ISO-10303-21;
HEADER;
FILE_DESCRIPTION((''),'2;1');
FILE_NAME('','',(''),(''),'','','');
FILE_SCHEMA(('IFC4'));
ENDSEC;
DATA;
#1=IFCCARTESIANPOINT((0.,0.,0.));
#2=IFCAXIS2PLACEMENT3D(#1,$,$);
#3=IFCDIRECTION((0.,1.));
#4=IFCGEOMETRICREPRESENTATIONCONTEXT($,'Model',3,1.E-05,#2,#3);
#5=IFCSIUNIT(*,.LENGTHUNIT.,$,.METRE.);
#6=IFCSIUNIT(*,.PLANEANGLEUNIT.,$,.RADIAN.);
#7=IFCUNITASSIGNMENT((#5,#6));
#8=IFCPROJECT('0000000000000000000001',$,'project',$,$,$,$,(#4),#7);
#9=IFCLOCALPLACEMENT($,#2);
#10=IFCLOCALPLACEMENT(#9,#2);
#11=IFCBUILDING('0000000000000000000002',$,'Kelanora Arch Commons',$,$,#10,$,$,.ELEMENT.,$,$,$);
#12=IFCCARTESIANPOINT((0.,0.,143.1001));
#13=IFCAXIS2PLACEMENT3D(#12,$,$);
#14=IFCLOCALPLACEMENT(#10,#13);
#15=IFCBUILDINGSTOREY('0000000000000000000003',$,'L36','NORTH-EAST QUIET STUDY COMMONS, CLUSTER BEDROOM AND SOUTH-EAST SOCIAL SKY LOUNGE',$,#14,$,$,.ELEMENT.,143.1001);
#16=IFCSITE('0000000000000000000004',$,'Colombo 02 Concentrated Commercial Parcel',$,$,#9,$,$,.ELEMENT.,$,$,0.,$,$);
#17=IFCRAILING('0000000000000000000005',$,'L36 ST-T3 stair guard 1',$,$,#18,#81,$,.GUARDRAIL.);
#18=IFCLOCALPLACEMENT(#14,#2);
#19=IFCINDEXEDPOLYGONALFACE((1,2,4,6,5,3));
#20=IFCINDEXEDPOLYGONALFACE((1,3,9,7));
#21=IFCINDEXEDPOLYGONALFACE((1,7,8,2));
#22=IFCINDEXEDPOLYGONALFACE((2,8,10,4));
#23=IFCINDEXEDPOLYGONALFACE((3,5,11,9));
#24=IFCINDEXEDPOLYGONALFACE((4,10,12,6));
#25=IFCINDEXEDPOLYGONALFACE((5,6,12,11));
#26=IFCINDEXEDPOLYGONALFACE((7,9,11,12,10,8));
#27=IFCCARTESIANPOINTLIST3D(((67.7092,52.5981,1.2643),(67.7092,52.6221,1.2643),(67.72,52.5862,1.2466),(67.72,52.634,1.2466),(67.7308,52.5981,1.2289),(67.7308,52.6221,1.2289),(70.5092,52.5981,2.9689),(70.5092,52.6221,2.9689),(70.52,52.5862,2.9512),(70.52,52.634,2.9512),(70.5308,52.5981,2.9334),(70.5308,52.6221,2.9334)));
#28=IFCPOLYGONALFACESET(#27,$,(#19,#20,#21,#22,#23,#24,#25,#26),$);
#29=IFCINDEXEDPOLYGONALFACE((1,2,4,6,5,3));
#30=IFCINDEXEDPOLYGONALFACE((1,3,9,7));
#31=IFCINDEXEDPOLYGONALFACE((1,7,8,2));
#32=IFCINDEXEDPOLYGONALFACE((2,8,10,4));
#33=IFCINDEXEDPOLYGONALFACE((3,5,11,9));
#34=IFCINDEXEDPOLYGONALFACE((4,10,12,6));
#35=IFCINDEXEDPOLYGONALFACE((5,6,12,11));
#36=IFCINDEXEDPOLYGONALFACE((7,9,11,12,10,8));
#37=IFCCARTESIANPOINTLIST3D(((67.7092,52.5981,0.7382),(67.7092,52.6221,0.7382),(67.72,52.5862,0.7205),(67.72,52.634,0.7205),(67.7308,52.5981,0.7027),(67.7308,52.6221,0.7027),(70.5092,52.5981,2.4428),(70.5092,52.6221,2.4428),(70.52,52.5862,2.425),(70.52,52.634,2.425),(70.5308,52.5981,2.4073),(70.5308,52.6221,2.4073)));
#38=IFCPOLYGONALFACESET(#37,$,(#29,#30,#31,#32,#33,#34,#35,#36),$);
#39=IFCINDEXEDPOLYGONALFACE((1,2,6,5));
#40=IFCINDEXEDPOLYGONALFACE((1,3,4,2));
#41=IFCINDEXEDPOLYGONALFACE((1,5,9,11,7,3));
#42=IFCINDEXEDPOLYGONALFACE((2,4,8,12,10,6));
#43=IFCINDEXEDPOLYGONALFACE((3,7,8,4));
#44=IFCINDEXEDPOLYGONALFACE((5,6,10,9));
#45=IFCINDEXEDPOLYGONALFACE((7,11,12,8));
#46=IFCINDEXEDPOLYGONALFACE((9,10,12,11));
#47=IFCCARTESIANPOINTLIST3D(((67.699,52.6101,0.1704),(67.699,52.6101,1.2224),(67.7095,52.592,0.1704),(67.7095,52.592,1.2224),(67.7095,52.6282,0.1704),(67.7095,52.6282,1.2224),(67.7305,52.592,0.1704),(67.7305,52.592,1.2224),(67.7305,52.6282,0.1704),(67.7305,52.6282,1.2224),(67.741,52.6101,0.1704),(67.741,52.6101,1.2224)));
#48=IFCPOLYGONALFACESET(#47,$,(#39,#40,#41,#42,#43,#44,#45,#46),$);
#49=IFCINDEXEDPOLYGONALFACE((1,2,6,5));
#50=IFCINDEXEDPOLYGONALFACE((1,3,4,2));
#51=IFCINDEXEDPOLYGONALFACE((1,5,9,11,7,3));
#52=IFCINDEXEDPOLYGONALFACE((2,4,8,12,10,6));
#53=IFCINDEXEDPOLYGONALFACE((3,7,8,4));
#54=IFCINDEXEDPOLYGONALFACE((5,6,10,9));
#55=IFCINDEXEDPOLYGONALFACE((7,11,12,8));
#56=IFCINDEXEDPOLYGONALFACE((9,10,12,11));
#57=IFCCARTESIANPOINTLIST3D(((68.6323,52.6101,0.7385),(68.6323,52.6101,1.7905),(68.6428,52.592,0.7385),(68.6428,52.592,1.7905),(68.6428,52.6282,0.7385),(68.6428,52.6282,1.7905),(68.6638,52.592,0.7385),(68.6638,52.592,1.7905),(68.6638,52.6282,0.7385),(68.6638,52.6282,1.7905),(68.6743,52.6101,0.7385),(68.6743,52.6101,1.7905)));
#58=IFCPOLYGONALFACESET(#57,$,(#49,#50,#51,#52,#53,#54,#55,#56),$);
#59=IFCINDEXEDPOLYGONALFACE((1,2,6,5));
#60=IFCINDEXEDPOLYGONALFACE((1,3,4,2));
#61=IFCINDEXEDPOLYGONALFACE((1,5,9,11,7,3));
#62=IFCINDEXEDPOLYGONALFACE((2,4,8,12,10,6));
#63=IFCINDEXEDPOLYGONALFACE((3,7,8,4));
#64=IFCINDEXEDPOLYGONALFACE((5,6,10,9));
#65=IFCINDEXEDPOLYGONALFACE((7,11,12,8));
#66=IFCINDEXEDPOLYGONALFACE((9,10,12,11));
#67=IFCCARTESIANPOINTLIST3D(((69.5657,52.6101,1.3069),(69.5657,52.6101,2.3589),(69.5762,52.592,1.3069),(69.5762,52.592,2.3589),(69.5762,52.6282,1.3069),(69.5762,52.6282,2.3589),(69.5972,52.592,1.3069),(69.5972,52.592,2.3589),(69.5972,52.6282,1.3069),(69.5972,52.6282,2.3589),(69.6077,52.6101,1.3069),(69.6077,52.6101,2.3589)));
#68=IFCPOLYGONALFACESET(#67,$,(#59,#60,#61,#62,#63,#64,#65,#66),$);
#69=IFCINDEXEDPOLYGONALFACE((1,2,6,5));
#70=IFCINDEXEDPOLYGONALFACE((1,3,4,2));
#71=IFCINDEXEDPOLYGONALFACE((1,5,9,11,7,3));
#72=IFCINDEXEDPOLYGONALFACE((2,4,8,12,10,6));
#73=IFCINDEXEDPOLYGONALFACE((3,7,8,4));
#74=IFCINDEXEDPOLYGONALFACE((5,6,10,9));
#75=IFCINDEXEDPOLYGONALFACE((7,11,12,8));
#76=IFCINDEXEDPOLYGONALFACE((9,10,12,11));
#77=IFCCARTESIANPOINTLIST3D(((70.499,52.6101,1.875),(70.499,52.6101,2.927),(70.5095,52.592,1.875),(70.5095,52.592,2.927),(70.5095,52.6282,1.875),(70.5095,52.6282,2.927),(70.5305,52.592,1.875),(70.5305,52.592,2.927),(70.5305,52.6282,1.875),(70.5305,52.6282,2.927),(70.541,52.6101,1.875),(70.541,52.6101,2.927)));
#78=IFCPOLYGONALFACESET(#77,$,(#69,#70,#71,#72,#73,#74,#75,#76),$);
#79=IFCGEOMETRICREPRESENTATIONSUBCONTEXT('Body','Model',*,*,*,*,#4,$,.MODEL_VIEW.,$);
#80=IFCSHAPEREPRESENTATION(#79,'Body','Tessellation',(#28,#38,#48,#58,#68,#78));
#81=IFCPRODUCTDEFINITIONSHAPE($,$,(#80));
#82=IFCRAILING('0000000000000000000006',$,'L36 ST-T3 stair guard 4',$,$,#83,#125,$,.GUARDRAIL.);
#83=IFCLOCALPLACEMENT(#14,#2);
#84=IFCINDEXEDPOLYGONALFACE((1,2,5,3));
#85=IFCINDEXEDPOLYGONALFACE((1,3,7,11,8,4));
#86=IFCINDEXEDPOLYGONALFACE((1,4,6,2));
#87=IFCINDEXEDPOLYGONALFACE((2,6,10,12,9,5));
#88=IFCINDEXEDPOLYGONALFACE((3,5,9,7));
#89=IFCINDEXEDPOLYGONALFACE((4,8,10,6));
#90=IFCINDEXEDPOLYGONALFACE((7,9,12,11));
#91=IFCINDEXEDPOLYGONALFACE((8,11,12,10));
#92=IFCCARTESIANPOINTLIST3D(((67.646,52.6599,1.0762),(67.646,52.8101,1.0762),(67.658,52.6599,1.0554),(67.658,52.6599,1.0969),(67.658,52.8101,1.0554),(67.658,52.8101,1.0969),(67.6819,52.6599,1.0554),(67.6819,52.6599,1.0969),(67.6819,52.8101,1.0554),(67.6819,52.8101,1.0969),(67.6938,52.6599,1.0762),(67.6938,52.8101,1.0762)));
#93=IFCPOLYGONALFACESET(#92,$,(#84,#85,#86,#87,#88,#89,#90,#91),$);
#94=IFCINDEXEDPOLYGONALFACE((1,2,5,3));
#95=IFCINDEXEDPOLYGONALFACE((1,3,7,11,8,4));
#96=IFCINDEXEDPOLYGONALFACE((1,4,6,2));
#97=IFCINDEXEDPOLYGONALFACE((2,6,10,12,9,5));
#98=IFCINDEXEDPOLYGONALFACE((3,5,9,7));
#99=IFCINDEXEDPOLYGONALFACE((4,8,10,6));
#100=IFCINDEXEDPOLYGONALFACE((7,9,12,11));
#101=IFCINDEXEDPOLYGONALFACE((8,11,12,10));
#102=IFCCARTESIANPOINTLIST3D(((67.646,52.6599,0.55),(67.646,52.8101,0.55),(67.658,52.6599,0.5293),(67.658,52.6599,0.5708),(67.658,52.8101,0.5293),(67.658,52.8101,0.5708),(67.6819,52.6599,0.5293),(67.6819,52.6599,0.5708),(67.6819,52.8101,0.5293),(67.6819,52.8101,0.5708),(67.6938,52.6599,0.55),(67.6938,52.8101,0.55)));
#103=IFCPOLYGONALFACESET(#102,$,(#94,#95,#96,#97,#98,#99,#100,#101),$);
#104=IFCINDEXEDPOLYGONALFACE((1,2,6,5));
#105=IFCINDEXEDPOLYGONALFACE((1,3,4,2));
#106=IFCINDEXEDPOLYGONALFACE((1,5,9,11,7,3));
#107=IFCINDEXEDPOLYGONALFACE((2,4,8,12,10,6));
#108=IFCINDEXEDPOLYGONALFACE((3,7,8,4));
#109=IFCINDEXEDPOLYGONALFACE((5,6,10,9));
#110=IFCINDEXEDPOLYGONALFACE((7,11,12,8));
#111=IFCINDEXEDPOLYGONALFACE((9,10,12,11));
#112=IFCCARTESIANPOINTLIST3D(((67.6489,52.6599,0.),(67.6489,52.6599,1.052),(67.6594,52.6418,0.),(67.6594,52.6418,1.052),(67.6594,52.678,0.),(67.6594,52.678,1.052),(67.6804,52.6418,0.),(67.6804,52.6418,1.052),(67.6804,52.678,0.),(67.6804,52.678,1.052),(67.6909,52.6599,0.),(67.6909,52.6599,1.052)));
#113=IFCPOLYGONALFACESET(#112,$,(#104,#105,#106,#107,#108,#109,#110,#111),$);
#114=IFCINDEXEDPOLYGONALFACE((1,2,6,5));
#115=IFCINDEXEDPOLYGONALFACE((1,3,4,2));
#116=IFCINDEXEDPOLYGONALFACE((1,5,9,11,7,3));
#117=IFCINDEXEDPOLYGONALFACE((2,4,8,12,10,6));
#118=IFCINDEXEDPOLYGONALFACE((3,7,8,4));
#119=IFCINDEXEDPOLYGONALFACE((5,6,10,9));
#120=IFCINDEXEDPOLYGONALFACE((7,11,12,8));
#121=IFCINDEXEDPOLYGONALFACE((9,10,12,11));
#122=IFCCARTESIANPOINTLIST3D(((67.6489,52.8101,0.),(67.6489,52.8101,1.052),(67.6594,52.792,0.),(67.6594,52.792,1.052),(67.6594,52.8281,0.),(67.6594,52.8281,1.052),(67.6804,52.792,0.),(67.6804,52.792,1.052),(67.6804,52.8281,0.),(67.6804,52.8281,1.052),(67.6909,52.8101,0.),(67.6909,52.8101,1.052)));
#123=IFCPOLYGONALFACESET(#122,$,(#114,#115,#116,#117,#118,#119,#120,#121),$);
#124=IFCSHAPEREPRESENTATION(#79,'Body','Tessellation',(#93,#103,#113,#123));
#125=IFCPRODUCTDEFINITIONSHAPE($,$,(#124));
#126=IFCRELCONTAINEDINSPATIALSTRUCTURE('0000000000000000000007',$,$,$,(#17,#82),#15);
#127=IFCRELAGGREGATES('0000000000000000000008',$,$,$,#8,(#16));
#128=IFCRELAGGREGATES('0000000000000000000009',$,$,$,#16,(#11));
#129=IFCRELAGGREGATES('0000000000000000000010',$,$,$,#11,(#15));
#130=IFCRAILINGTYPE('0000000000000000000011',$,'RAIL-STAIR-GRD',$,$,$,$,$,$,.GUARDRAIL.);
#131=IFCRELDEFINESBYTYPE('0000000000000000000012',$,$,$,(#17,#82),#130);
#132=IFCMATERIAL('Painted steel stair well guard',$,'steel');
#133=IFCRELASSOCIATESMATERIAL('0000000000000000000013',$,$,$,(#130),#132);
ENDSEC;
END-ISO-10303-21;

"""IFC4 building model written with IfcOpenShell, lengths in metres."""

from ifc_helpers import new_model, si_unit, direction, frame, origin, place, context, subcontext, project, spatial, polyline, outline, extrude, material, type_object, element, save


model = new_model("IFC4")

# Units and contexts
model_context = context("Model", 3, precision=1e-05, world=origin(), true_north=direction((0.0, 1.0)))
body_context = subcontext(model_context, "Body", "Model", "MODEL_VIEW")
ifc_project = project(units=[si_unit("LENGTHUNIT", "METRE"), si_unit("PLANEANGLEUNIT", "RADIAN")], contexts=[model_context])

# Site, building, storey
site_placement = place(None, origin())
site = spatial("IfcSite", under=ifc_project, at=site_placement, Name="Colombo 02 Concentrated Commercial Parcel", CompositionType="ELEMENT", RefElevation=0.0)
building_placement = place(site_placement, origin())
building = spatial("IfcBuilding", under=site, at=building_placement, Name="Kelanora Arch Commons", CompositionType="ELEMENT")
storey_placement = place(building_placement, frame((0.0, 0.0, 143.1001)))
storey = spatial("IfcBuildingStorey", under=building, at=storey_placement, Name="L36", Description="NORTH-EAST QUIET STUDY COMMONS, CLUSTER BEDROOM AND SOUTH-EAST SOCIAL SKY LOUNGE", CompositionType="ELEMENT", Elevation=143.1001)

# Railings
ifc_material_1 = material(Name="Painted steel stair well guard", Category="steel")
railing_type = type_object("IfcRailingType", Name="RAIL-STAIR-GRD", PredefinedType="GUARDRAIL", material=ifc_material_1)
railing_1_placement = place(storey_placement, frame((67.72, 52.6101, 0.1704)))
element("IfcRailing", 1, at=railing_1_placement, inside=storey, type_object=railing_type, Name="L36 ST-T3 stair guard 1", PredefinedType="GUARDRAIL", context=body_context, shape_type="SweptSolid", body=[
    extrude(outline(polyline([(0.0239, 0.0), (0.012, 0.0208), (-0.012, 0.0208), (-0.0239, 0.0), (-0.012, -0.0208), (0.012, -0.0208), (0.0239, 0.0)])), frame((0.0, 0.0, 1.0762), z_axis=(0.85417, 0.0, 0.519994), x_axis=(0.0, 1.0, 0.0)), (0.0, 0.0, 1.0), 3.2781),
    extrude(outline(polyline([(0.0239, 0.0), (0.012, 0.0208), (-0.012, 0.0208), (-0.0239, 0.0), (-0.012, -0.0208), (0.012, -0.0208), (0.0239, 0.0)])), frame((0.0, 0.0, 0.55), z_axis=(0.85417, 0.0, 0.519994), x_axis=(0.0, 1.0, 0.0)), (0.0, 0.0, 1.0), 3.2781),
    extrude(outline(polyline([(0.021, 0.0), (0.0105, 0.0181), (-0.0105, 0.0181), (-0.021, 0.0), (-0.0105, -0.0181), (0.0105, -0.0181), (0.021, 0.0)])), origin(), (0.0, 0.0, 1.0), 1.052),
    extrude(outline(polyline([(0.021, 0.0), (0.0105, 0.0181), (-0.0105, 0.0181), (-0.021, 0.0), (-0.0105, -0.0181), (0.0105, -0.0181), (0.021, 0.0)])), frame((0.9333, 0.0, 0.5681)), (0.0, 0.0, 1.0), 1.052),
    extrude(outline(polyline([(0.021, 0.0), (0.0105, 0.0181), (-0.0105, 0.0181), (-0.021, 0.0), (-0.0105, -0.0181), (0.0105, -0.0181), (0.021, 0.0)])), frame((1.8667, 0.0, 1.1365)), (0.0, 0.0, 1.0), 1.052),
    extrude(outline(polyline([(0.021, 0.0), (0.0105, 0.0181), (-0.0105, 0.0181), (-0.021, 0.0), (-0.0105, -0.0181), (0.0105, -0.0181), (0.021, 0.0)])), frame((2.8, 0.0, 1.7046)), (0.0, 0.0, 1.0), 1.052),
])
railing_2_placement = place(storey_placement, frame((67.6699, 52.6599, 0.0)))
element("IfcRailing", 2, at=railing_2_placement, inside=storey, type_object=railing_type, Name="L36 ST-T3 stair guard 4", PredefinedType="GUARDRAIL", context=body_context, shape_type="SweptSolid", body=[
    extrude(outline(polyline([(0.0239, 0.0), (0.012, 0.0208), (-0.012, 0.0208), (-0.0239, 0.0), (-0.012, -0.0208), (0.012, -0.0208), (0.0239, 0.0)])), frame((0.0, 0.0, 1.0762), z_axis=(0.0, 1.0, 0.0), x_axis=(-1.0, 0.0, 0.0)), (0.0, 0.0, 1.0), 0.1501),
    extrude(outline(polyline([(0.0239, 0.0), (0.012, 0.0208), (-0.012, 0.0208), (-0.0239, 0.0), (-0.012, -0.0208), (0.012, -0.0208), (0.0239, 0.0)])), frame((0.0, 0.0, 0.55), z_axis=(0.0, 1.0, 0.0), x_axis=(-1.0, 0.0, 0.0)), (0.0, 0.0, 1.0), 0.1501),
    extrude(outline(polyline([(0.021, 0.0), (0.0105, 0.0181), (-0.0105, 0.0181), (-0.021, 0.0), (-0.0105, -0.0181), (0.0105, -0.0181), (0.021, 0.0)])), origin(), (0.0, 0.0, 1.0), 1.052),
    extrude(outline(polyline([(0.021, 0.0), (0.0105, 0.0181), (-0.0105, 0.0181), (-0.021, 0.0), (-0.0105, -0.0181), (0.0105, -0.0181), (0.021, 0.0)])), frame((0.0, 0.1501, 0.0)), (0.0, 0.0, 1.0), 1.052),
])

save(model, "model.ifc")
